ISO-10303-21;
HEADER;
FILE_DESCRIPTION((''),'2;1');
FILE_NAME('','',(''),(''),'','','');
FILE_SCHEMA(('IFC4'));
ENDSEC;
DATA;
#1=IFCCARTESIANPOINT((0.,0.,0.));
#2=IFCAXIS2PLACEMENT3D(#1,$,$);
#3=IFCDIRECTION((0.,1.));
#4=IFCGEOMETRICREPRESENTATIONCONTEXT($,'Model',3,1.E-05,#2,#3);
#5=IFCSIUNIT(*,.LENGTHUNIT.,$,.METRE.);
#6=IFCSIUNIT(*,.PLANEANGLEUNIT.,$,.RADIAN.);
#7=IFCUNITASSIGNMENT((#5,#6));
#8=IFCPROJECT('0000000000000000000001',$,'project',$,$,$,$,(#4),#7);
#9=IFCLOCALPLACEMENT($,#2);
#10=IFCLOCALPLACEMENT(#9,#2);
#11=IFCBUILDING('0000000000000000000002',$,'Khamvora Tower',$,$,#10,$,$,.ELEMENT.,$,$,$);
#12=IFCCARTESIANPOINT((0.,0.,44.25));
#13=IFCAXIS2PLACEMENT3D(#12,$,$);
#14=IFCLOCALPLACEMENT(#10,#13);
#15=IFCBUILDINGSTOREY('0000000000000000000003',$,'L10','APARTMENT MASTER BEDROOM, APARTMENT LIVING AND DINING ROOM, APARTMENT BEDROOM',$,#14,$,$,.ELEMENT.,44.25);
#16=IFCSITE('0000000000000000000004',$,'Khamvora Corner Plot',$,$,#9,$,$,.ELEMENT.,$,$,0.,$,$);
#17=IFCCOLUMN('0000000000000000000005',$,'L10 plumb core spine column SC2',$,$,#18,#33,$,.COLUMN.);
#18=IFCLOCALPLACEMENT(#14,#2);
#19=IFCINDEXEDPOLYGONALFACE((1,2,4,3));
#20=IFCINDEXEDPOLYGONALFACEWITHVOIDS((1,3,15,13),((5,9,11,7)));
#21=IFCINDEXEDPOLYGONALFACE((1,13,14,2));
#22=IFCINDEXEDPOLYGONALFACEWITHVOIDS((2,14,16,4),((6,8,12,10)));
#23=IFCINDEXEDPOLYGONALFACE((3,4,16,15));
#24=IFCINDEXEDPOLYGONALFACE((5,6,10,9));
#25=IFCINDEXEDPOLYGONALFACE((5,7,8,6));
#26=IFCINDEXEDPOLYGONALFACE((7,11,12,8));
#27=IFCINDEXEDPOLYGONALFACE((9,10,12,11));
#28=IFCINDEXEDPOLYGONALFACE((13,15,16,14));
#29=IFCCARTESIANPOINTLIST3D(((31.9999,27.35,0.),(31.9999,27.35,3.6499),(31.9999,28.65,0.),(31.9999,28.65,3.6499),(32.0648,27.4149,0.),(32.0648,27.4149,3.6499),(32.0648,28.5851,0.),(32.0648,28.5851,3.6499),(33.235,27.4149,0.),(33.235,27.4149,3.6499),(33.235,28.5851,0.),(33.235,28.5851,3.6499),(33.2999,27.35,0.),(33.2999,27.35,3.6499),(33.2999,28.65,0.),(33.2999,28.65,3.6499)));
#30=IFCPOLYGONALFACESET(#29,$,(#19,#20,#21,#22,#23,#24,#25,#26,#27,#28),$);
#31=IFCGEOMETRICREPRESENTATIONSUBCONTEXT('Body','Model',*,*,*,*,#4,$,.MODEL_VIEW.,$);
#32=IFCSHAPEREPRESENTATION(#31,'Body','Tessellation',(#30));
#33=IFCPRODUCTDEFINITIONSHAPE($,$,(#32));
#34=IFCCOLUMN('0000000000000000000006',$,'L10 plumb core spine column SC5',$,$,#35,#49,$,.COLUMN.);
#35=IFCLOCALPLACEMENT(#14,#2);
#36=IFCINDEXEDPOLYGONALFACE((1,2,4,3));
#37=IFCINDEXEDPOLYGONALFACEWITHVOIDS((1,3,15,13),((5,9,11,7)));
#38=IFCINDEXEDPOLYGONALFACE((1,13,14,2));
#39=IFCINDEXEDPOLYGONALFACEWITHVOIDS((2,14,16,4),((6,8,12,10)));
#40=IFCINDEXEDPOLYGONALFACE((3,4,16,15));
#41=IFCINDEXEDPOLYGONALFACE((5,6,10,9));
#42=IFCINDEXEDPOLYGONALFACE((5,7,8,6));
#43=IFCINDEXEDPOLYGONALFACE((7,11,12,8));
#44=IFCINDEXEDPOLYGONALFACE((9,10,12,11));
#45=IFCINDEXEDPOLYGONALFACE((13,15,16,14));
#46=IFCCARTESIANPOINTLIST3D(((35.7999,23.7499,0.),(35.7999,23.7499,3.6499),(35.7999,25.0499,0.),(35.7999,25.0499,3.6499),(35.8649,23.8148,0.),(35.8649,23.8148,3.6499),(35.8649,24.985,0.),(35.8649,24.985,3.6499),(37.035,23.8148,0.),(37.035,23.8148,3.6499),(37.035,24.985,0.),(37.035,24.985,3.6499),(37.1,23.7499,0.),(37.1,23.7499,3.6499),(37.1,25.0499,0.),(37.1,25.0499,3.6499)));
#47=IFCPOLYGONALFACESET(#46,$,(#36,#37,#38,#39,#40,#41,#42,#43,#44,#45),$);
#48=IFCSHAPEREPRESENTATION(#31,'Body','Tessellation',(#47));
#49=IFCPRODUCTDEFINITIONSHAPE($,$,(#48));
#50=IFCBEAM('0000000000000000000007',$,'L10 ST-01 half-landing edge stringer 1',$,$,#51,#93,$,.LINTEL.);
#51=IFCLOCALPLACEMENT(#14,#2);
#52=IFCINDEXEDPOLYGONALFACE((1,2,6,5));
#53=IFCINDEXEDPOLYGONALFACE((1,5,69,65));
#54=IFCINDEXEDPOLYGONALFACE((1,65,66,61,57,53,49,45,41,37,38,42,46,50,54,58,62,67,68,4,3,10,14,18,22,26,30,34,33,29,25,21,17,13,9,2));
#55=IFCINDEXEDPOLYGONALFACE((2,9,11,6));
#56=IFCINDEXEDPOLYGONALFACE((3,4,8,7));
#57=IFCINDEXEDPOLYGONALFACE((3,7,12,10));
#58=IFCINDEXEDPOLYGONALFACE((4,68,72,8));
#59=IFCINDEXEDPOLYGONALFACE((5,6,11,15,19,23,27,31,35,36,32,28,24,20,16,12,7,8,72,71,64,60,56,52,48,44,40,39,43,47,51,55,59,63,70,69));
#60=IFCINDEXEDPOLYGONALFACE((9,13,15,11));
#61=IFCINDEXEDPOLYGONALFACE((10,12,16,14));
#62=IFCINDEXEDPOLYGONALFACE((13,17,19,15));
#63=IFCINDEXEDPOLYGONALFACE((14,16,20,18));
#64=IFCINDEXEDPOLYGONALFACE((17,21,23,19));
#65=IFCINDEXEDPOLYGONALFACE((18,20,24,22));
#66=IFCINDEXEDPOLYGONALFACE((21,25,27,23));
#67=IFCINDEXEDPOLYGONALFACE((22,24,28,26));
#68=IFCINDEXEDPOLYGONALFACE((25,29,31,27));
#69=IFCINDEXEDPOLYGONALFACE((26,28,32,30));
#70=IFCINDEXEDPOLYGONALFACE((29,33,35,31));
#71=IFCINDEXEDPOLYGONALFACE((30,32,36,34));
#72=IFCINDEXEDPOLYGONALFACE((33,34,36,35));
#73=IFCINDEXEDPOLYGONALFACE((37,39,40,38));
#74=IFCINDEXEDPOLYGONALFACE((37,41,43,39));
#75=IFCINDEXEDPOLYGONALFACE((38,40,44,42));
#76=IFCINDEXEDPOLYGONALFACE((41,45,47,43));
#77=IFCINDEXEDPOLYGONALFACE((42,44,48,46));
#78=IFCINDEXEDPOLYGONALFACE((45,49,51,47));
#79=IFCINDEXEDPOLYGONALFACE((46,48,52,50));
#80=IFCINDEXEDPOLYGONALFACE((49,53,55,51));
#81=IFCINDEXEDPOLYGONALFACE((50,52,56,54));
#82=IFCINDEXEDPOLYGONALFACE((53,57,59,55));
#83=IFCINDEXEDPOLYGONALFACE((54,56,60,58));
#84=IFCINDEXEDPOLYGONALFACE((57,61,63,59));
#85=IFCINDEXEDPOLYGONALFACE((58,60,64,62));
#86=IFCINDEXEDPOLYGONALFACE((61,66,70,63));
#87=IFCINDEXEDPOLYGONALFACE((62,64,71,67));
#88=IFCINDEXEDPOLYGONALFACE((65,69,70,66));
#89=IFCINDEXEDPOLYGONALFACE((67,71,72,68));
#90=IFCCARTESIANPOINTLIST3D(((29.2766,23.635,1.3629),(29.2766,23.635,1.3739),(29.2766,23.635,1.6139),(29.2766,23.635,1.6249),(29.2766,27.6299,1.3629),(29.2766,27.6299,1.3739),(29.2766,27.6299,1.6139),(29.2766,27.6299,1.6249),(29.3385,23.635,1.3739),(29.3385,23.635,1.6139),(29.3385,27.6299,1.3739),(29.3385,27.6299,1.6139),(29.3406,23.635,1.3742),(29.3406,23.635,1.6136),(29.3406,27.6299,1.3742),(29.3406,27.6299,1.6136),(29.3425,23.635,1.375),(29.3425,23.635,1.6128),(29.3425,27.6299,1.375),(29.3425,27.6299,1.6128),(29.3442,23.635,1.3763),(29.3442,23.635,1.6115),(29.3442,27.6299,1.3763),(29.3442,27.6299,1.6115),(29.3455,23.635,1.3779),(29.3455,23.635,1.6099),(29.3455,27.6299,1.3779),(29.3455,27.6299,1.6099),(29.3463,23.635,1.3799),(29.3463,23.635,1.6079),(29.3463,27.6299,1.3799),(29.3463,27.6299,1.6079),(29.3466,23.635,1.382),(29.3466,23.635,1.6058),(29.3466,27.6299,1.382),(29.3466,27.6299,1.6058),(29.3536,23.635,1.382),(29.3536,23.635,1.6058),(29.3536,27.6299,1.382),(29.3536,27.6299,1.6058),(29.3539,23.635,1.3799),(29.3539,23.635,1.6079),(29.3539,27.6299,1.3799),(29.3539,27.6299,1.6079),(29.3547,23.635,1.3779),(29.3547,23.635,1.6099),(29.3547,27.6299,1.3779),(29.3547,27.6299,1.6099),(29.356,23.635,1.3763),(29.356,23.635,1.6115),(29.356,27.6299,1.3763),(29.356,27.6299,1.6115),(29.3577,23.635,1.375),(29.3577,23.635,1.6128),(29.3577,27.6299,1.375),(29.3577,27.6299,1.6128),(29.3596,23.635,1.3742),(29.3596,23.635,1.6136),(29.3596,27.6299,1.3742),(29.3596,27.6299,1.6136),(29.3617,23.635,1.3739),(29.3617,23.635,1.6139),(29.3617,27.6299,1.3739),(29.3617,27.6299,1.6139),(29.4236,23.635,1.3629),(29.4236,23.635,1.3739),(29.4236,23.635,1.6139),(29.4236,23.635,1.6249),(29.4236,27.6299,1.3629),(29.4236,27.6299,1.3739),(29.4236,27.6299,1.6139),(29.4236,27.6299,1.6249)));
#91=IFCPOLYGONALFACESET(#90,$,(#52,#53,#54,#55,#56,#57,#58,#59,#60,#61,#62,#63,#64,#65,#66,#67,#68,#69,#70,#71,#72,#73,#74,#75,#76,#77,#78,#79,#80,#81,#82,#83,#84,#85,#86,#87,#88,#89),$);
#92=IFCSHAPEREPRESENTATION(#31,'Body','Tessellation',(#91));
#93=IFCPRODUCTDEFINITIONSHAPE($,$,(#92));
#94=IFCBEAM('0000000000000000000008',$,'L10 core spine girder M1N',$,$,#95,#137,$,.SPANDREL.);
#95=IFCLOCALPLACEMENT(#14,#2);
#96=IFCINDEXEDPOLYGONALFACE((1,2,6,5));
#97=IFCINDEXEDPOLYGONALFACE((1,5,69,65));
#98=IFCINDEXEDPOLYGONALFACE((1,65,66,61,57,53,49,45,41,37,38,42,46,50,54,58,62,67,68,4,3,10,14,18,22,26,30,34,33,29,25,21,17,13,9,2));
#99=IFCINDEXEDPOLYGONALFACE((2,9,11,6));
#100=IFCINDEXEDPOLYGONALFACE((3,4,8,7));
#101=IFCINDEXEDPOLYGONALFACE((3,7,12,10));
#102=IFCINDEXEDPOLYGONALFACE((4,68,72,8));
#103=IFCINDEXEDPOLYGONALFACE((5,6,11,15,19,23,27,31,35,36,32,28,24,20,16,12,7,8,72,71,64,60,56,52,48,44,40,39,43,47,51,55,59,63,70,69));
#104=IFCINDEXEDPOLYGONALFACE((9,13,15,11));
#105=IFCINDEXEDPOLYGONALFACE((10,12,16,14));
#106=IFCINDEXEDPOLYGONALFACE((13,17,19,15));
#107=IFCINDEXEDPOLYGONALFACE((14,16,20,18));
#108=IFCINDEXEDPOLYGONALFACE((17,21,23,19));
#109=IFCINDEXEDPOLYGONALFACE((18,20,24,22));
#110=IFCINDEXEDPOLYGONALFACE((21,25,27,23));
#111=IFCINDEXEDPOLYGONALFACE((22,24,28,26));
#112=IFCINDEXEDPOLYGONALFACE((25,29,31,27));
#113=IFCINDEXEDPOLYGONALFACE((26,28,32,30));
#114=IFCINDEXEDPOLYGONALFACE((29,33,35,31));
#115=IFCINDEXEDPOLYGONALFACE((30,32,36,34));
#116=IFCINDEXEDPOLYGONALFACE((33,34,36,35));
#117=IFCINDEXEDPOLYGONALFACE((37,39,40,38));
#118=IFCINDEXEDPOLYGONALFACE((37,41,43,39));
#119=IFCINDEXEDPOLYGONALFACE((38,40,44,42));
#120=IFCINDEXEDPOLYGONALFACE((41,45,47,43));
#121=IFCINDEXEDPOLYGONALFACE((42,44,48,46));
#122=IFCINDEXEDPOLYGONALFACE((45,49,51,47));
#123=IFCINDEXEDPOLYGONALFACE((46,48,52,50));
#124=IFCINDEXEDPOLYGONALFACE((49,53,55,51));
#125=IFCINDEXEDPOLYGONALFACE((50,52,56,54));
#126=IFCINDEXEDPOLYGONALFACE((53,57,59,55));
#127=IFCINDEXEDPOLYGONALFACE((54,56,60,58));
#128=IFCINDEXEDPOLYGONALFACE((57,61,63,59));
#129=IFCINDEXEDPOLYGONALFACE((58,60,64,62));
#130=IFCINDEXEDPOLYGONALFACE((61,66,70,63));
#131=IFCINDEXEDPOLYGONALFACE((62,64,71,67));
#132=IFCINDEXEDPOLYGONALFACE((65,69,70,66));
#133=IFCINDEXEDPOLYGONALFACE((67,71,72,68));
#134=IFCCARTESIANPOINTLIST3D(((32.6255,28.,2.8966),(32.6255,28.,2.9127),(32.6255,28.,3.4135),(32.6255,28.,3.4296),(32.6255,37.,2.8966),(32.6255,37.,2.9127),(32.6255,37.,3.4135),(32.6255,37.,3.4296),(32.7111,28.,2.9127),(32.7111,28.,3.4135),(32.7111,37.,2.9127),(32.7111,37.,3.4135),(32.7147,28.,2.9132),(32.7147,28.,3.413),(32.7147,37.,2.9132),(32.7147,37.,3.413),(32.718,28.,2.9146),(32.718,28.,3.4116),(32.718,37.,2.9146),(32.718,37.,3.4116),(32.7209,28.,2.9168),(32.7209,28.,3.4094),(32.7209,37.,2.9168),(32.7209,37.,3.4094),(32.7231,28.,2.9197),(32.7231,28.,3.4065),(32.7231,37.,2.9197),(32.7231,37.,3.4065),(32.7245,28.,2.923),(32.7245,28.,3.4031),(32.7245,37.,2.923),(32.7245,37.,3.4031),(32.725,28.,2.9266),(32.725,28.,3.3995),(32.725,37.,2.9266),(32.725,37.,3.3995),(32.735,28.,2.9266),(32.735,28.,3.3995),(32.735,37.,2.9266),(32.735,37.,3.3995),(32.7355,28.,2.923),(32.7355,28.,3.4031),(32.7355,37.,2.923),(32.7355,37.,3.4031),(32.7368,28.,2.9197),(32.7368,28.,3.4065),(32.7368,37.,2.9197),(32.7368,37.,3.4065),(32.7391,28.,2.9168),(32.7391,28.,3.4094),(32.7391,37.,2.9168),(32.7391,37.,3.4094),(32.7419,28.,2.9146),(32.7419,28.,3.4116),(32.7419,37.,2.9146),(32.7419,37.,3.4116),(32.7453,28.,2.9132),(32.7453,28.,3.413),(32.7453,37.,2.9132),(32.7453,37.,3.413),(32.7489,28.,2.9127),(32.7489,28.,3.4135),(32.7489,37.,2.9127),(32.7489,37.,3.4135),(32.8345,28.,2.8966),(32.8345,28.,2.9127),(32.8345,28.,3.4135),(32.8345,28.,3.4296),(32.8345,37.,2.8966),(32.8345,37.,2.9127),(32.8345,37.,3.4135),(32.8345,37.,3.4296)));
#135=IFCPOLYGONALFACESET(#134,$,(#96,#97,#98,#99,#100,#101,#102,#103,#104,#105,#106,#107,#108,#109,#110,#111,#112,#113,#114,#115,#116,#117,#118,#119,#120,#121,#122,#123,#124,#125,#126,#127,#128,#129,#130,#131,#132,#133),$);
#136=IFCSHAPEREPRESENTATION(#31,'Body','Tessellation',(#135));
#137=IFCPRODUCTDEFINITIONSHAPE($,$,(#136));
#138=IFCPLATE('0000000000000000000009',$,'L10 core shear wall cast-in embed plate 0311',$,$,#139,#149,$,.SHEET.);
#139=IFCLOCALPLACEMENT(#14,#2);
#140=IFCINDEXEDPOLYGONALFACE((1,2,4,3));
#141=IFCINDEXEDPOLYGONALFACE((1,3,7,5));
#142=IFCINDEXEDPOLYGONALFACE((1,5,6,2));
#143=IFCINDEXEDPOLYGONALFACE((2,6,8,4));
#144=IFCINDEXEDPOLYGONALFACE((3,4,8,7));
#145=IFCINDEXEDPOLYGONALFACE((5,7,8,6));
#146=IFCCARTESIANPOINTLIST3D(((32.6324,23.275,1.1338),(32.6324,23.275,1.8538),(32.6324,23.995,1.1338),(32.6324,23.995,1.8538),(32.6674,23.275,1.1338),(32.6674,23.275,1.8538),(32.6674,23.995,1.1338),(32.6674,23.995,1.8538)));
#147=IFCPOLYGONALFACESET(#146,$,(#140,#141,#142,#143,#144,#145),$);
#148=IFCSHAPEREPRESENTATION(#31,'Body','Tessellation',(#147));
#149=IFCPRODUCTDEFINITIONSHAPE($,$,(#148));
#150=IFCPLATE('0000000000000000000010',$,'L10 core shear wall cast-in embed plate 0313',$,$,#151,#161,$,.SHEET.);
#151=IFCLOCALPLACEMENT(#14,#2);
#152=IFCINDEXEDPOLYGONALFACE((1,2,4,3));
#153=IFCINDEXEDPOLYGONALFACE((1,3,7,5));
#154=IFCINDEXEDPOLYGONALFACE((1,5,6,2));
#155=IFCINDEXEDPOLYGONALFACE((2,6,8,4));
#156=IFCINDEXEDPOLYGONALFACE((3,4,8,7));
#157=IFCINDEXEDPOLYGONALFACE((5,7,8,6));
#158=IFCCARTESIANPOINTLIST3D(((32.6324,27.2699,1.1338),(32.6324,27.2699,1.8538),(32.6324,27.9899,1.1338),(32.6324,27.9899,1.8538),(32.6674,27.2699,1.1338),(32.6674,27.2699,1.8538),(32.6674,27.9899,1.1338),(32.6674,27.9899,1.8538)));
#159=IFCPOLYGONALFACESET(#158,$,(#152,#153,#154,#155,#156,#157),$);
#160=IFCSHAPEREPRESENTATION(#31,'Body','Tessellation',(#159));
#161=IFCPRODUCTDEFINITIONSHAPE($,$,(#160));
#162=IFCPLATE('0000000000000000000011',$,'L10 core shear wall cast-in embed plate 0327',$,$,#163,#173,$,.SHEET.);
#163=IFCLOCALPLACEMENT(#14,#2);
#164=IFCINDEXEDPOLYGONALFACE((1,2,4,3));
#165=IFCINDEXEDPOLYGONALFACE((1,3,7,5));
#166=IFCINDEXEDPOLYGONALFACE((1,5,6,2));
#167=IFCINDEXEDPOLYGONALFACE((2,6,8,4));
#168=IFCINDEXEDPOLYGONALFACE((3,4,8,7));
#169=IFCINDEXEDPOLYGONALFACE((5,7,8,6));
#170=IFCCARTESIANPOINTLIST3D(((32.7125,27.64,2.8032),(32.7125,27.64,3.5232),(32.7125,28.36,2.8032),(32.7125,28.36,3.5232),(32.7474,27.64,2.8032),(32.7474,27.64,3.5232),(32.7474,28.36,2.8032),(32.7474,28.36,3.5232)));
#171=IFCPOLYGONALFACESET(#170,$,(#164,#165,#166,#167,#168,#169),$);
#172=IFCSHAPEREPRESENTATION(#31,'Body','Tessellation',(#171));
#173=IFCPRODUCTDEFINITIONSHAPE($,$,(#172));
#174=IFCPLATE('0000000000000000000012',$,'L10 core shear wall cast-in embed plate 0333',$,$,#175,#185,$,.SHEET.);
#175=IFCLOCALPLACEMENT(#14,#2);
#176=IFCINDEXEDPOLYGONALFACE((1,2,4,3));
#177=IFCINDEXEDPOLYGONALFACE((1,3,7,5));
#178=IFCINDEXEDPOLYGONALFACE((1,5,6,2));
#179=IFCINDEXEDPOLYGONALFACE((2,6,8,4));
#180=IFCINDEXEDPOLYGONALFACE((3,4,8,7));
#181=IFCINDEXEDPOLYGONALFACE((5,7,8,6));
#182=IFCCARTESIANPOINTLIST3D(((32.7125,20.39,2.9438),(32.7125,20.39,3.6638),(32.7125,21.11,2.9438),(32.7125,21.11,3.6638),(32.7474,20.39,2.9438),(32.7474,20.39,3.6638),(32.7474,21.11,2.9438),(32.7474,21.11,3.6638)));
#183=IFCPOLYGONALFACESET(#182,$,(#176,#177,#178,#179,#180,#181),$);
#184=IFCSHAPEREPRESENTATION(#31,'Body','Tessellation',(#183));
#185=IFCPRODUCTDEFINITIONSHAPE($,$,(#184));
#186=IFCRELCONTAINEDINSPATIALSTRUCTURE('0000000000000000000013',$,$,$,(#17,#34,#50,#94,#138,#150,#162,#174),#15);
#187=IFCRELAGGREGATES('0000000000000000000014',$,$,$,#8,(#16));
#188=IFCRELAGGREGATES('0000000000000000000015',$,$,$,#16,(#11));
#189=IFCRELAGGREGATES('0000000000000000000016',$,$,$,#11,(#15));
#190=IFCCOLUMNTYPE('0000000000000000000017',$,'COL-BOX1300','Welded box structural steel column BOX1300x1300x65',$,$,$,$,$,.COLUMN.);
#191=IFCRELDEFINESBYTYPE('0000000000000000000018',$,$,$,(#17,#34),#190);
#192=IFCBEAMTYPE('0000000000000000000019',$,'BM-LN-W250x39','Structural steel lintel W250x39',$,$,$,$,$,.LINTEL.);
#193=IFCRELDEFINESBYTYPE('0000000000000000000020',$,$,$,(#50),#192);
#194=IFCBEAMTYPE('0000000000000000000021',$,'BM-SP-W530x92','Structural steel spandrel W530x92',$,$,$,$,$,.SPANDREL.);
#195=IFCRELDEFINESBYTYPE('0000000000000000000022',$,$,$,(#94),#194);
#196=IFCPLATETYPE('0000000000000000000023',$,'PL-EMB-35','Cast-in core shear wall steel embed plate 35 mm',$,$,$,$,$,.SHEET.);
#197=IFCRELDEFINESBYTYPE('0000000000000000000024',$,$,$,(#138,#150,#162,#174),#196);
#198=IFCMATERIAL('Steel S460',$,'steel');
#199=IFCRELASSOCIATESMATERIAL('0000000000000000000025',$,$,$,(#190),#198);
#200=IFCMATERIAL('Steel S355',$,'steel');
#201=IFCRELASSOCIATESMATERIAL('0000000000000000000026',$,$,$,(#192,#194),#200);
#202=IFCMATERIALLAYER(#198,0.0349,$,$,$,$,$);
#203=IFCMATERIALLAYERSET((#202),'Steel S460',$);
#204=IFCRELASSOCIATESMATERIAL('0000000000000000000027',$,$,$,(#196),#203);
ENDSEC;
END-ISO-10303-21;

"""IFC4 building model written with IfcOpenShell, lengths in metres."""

from ifc_helpers import new_model, si_unit, direction, frame, origin, origin_2d, place, context, subcontext, project, spatial, rectangle, hollow_rectangle, i_section, extrude, material, layer, layer_set, material_profile, profile_set, type_object, element, save


model = new_model("IFC4")

# Units and contexts
model_context = context("Model", 3, precision=1e-05, world=origin(), true_north=direction((0.0, 1.0)))
body_context = subcontext(model_context, "Body", "Model", "MODEL_VIEW")
ifc_project = project(units=[si_unit("LENGTHUNIT", "METRE"), si_unit("PLANEANGLEUNIT", "RADIAN")], contexts=[model_context])

# Site, building, storey
site_placement = place(None, origin())
site = spatial("IfcSite", under=ifc_project, at=site_placement, Name="Khamvora Corner Plot", CompositionType="ELEMENT", RefElevation=0.0)
building_placement = place(site_placement, origin())
building = spatial("IfcBuilding", under=site, at=building_placement, Name="Khamvora Tower", CompositionType="ELEMENT")
storey_placement = place(building_placement, frame((0.0, 0.0, 44.25)))
storey = spatial("IfcBuildingStorey", under=building, at=storey_placement, Name="L10", Description="APARTMENT MASTER BEDROOM, APARTMENT LIVING AND DINING ROOM, APARTMENT BEDROOM", CompositionType="ELEMENT", Elevation=44.25)

# Columns
ifc_material_1 = material(Name="Steel S460", Category="steel")
ifc_material_profile_1 = material_profile(ifc_material_1, hollow_rectangle(XDim=1.3, YDim=1.3, WallThickness=0.0649, at=origin_2d()), Name="BOX1300x1300x65")
ifc_profile_set_1 = profile_set([ifc_material_profile_1], Name="Steel S460")
column_type = type_object("IfcColumnType", Name="COL-BOX1300", Description="Welded box structural steel column BOX1300x1300x65", PredefinedType="COLUMN", material=ifc_profile_set_1)
for number, where, z_axis, x_axis, name in (
    (1, (32.6499, 28.0, 0.0), (0.0, 0.0, 1.0), (1.0, 0.0, 0.0), "L10 plumb core spine column SC2"),
    (2, (36.45, 24.3999, 0.0), (0.0, 0.0, 1.0), (1.0, 0.0, 0.0), "L10 plumb core spine column SC5"),
):
    element("IfcColumn", number, at=place(storey_placement, frame(where, z_axis=z_axis, x_axis=x_axis)), inside=storey, type_object=column_type, Name=name, PredefinedType="COLUMN", context=body_context, shape_type="SweptSolid", body=[
        extrude(hollow_rectangle(XDim=1.3, YDim=1.3, WallThickness=0.0649, at=origin_2d()), origin(), (0.0, 0.0, 1.0), 3.6499),
    ])

# Beams
ifc_material_2 = material(Name="Steel S355", Category="steel")
ifc_material_profile_2 = material_profile(ifc_material_2, i_section(OverallWidth=0.147, OverallDepth=0.262, WebThickness=0.0071, FlangeThickness=0.011, FilletRadius=0.0081, at=origin_2d()), Name="W250x39")
ifc_profile_set_2 = profile_set([ifc_material_profile_2], Name="Steel S355")
beam_type_1 = type_object("IfcBeamType", Name="BM-LN-W250x39", Description="Structural steel lintel W250x39", PredefinedType="LINTEL", material=ifc_profile_set_2)
beam_1_placement = place(storey_placement, frame((29.3501, 23.635, 1.4939), z_axis=(0.0, 1.0, 0.0), x_axis=(-1.0, 0.0, 0.0)))
element("IfcBeam", 3, at=beam_1_placement, inside=storey, type_object=beam_type_1, Name="L10 ST-01 half-landing edge stringer 1", PredefinedType="LINTEL", context=body_context, shape_type="SweptSolid", body=[
    extrude(i_section(OverallWidth=0.147, OverallDepth=0.262, WebThickness=0.0071, FlangeThickness=0.011, FilletRadius=0.0081, at=origin_2d()), origin(), (0.0, 0.0, 1.0), 3.9949),
])
ifc_material_profile_3 = material_profile(ifc_material_2, i_section(OverallWidth=0.209, OverallDepth=0.533, WebThickness=0.01, FlangeThickness=0.0161, FilletRadius=0.0139, at=origin_2d()), Name="W530x92")
ifc_profile_set_3 = profile_set([ifc_material_profile_3], Name="Steel S355")
beam_type_2 = type_object("IfcBeamType", Name="BM-SP-W530x92", Description="Structural steel spandrel W530x92", PredefinedType="SPANDREL", material=ifc_profile_set_3)
beam_2_placement = place(storey_placement, frame((32.73, 28.0, 3.1631), z_axis=(0.0, 1.0, 0.0), x_axis=(-1.0, 0.0, 0.0)))
element("IfcBeam", 4, at=beam_2_placement, inside=storey, type_object=beam_type_2, Name="L10 core spine girder M1N", PredefinedType="SPANDREL", context=body_context, shape_type="SweptSolid", body=[
    extrude(i_section(OverallWidth=0.209, OverallDepth=0.533, WebThickness=0.01, FlangeThickness=0.0161, FilletRadius=0.0139, at=origin_2d()), origin(), (0.0, 0.0, 1.0), 9.0),
])

# Plates
ifc_layer_1 = layer(ifc_material_1, 0.0349)
ifc_layer_set_1 = layer_set([ifc_layer_1], Name="Steel S460")
plate_type = type_object("IfcPlateType", Name="PL-EMB-35", Description="Cast-in core shear wall steel embed plate 35 mm", PredefinedType="SHEET", material=ifc_layer_set_1)
for number, where, z_axis, x_axis, name in (
    (5, (32.6499, 23.635, 1.1338), (0.0, 0.0, 1.0), (1.0, 0.0, 0.0), "L10 core shear wall cast-in embed plate 0311"),
    (6, (32.6499, 27.6299, 1.1338), (0.0, 0.0, 1.0), (1.0, 0.0, 0.0), "L10 core shear wall cast-in embed plate 0313"),
    (7, (32.73, 28.0, 2.8032), (0.0, 0.0, 1.0), (1.0, 0.0, 0.0), "L10 core shear wall cast-in embed plate 0327"),
    (8, (32.73, 20.75, 2.9438), (0.0, 0.0, 1.0), (1.0, 0.0, 0.0), "L10 core shear wall cast-in embed plate 0333"),
):
    element("IfcPlate", number, at=place(storey_placement, frame(where, z_axis=z_axis, x_axis=x_axis)), inside=storey, type_object=plate_type, Name=name, PredefinedType="SHEET", context=body_context, shape_type="SweptSolid", body=[
        extrude(rectangle(XDim=0.0349, YDim=0.72, at=origin_2d()), origin(), (0.0, 0.0, 1.0), 0.72),
    ])

save(model, "model.ifc")
